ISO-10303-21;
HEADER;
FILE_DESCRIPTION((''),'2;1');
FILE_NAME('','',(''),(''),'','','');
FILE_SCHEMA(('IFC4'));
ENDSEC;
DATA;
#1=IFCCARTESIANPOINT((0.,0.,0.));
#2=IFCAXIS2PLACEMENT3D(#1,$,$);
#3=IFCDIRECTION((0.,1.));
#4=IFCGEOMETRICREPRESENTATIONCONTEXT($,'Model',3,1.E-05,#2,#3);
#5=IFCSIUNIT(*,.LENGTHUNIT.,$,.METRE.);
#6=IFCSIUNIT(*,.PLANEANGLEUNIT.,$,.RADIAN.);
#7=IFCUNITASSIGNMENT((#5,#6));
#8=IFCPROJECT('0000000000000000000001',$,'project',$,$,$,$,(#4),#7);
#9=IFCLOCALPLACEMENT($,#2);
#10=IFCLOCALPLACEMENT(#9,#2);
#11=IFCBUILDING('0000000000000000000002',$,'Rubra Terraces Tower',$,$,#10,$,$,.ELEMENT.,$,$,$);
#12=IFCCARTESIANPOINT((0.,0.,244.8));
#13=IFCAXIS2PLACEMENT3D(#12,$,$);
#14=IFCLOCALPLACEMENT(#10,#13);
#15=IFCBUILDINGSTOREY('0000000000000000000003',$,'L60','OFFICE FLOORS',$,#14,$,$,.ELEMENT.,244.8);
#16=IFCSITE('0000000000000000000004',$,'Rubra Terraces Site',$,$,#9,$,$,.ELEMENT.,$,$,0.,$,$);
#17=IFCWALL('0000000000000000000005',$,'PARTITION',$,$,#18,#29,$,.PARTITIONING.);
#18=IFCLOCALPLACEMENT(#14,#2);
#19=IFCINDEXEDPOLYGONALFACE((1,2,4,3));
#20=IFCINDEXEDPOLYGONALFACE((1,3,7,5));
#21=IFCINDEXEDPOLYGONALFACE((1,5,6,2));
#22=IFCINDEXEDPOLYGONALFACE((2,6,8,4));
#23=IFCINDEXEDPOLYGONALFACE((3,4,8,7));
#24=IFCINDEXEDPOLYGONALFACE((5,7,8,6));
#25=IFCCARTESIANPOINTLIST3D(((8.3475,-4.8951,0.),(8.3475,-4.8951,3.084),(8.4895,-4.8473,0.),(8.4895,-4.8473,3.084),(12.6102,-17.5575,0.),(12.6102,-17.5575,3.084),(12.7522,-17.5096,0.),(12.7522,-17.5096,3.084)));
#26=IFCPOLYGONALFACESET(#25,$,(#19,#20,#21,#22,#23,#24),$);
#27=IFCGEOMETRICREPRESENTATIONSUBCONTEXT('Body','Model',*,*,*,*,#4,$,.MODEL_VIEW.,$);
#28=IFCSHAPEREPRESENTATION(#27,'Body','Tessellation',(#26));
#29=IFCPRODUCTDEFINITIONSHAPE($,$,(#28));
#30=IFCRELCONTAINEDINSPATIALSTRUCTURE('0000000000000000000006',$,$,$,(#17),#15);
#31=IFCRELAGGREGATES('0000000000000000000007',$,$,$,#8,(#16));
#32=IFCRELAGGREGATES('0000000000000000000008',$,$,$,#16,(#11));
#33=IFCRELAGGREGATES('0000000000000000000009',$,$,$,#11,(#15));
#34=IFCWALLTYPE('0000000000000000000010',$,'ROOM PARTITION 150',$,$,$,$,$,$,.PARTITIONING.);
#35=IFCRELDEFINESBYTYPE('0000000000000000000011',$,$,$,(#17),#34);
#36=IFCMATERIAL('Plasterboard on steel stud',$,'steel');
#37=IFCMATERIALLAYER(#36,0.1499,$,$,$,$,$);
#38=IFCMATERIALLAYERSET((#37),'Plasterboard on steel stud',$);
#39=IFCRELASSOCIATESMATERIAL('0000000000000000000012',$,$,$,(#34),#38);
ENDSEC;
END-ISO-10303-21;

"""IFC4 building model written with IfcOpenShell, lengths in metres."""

from ifc_helpers import new_model, si_unit, direction, frame, frame_2d, origin, place, context, subcontext, project, spatial, rectangle, extrude, material, layer, layer_set, type_object, element, save


model = new_model("IFC4")

# Units and contexts
model_context = context("Model", 3, precision=1e-05, world=origin(), true_north=direction((0.0, 1.0)))
body_context = subcontext(model_context, "Body", "Model", "MODEL_VIEW")
ifc_project = project(units=[si_unit("LENGTHUNIT", "METRE"), si_unit("PLANEANGLEUNIT", "RADIAN")], contexts=[model_context])

# Site, building, storey
site_placement = place(None, origin())
site = spatial("IfcSite", under=ifc_project, at=site_placement, Name="Rubra Terraces Site", CompositionType="ELEMENT", RefElevation=0.0)
building_placement = place(site_placement, origin())
building = spatial("IfcBuilding", under=site, at=building_placement, Name="Rubra Terraces Tower", CompositionType="ELEMENT")
storey_placement = place(building_placement, frame((0.0, 0.0, 244.8)))
storey = spatial("IfcBuildingStorey", under=building, at=storey_placement, Name="L60", Description="OFFICE FLOORS", CompositionType="ELEMENT", Elevation=244.8)

# Wall
ifc_material_1 = material(Name="Plasterboard on steel stud", Category="steel")
ifc_layer_1 = layer(ifc_material_1, 0.1499)
ifc_layer_set_1 = layer_set([ifc_layer_1], Name="Plasterboard on steel stud")
wall_type_1 = type_object("IfcWallType", Name="ROOM PARTITION 150", PredefinedType="PARTITIONING", material=ifc_layer_set_1)
wall_1_placement = place(storey_placement, frame((12.6812, -17.5334, 0.0), z_axis=(0.0, 0.0, 1.0), x_axis=(-0.31905, 0.947738, 0.0)))
element("IfcWall", 1, at=wall_1_placement, inside=storey, type_object=wall_type_1, Name="PARTITION", PredefinedType="PARTITIONING", context=body_context, shape_type="SweptSolid", body=[
    extrude(rectangle(XDim=13.3606, YDim=0.1499, at=frame_2d((6.6802, 0.0))), origin(), (0.0, 0.0, 1.0), 3.084),
])

save(model, "model.ifc")
